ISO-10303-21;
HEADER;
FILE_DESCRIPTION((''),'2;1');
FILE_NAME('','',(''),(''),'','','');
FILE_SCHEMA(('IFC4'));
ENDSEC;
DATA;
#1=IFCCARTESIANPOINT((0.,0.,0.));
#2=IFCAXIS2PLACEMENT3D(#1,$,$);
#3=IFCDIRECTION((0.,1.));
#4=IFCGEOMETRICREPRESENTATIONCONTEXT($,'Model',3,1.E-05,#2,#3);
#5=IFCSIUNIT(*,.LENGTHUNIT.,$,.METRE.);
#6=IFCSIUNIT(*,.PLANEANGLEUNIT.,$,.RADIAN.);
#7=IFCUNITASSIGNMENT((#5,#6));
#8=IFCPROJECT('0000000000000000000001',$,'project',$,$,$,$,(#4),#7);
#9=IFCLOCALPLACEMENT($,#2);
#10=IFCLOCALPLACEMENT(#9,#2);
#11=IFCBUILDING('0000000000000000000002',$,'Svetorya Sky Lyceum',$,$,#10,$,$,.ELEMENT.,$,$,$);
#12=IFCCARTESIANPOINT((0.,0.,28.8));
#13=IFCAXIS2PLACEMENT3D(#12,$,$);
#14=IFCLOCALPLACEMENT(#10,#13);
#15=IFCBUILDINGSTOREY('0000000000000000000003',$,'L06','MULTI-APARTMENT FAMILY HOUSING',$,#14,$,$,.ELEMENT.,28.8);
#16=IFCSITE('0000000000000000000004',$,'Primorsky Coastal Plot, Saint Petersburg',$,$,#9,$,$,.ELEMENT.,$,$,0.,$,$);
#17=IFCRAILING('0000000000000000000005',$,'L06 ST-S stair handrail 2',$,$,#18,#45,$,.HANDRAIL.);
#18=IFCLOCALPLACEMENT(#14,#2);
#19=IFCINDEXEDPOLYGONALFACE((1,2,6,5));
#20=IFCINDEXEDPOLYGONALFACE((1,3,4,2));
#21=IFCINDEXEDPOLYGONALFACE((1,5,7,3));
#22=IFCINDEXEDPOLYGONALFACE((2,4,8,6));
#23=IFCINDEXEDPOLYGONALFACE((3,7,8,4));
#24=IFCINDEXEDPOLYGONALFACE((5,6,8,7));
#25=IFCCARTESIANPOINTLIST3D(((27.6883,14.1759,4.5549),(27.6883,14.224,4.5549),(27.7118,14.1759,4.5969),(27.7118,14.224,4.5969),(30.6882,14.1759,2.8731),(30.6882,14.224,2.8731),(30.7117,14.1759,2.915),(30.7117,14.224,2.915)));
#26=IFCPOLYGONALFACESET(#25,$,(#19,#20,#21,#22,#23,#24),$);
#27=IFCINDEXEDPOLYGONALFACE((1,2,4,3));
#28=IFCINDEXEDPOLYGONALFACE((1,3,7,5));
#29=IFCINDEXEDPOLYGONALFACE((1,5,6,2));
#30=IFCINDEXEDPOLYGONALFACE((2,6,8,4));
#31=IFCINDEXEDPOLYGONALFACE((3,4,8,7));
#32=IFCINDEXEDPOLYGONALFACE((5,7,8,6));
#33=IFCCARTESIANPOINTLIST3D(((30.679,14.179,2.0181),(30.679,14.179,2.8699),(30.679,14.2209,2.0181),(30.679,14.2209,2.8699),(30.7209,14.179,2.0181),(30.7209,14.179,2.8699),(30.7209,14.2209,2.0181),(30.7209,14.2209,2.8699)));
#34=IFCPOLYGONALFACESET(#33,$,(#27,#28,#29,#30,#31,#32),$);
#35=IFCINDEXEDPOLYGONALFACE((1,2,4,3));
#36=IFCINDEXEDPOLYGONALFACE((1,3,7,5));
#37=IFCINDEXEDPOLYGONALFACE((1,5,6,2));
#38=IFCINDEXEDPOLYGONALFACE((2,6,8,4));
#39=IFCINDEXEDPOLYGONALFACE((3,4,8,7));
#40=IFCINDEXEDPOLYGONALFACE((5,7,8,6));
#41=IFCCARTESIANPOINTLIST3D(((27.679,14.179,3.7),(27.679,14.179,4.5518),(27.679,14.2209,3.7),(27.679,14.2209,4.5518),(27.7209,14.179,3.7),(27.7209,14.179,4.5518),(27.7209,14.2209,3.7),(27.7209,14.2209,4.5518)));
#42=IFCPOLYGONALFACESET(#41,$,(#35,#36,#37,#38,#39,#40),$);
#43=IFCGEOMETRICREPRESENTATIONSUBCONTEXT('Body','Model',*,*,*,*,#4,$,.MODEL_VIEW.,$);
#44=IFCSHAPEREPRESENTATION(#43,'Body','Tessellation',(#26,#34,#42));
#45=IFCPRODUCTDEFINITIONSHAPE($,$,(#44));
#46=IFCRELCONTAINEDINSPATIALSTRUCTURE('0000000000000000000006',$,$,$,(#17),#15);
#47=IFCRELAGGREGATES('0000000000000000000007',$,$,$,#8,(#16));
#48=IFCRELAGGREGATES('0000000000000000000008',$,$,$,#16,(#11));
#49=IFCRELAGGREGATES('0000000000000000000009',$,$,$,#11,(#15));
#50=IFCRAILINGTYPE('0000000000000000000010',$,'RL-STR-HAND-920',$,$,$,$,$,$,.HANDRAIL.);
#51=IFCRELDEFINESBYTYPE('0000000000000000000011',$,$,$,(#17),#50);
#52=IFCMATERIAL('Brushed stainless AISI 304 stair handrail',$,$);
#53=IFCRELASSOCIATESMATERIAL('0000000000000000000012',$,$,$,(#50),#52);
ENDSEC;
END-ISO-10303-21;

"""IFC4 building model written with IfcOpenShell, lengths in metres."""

from ifc_helpers import new_model, si_unit, direction, frame, origin, origin_2d, place, context, subcontext, project, spatial, rectangle, extrude, material, type_object, element, save


model = new_model("IFC4")

# Units and contexts
model_context = context("Model", 3, precision=1e-05, world=origin(), true_north=direction((0.0, 1.0)))
body_context = subcontext(model_context, "Body", "Model", "MODEL_VIEW")
ifc_project = project(units=[si_unit("LENGTHUNIT", "METRE"), si_unit("PLANEANGLEUNIT", "RADIAN")], contexts=[model_context])

# Site, building, storey
site_placement = place(None, origin())
site = spatial("IfcSite", under=ifc_project, at=site_placement, Name="Primorsky Coastal Plot, Saint Petersburg", CompositionType="ELEMENT", RefElevation=0.0)
building_placement = place(site_placement, origin())
building = spatial("IfcBuilding", under=site, at=building_placement, Name="Svetorya Sky Lyceum", CompositionType="ELEMENT")
storey_placement = place(building_placement, frame((0.0, 0.0, 28.8)))
storey = spatial("IfcBuildingStorey", under=building, at=storey_placement, Name="L06", Description="MULTI-APARTMENT FAMILY HOUSING", CompositionType="ELEMENT", Elevation=28.8)

# Railing
ifc_material_1 = material(Name="Brushed stainless AISI 304 stair handrail")
railing_type_1 = type_object("IfcRailingType", Name="RL-STR-HAND-920", PredefinedType="HANDRAIL", material=ifc_material_1)
railing_1_placement = place(storey_placement, frame((30.7, 14.2, 2.0181)))
element("IfcRailing", 1, at=railing_1_placement, inside=storey, type_object=railing_type_1, Name="L06 ST-S stair handrail 2", PredefinedType="HANDRAIL", context=body_context, shape_type="SweptSolid", body=[
    extrude(rectangle(XDim=0.0481, YDim=0.0481, at=origin_2d()), frame((0.0, 0.0, 0.876), z_axis=(-0.872272, 0.0, 0.48902), x_axis=(0.0, -1.0, 0.0)), (0.0, 0.0, 1.0), 3.4392),
    extrude(rectangle(XDim=0.042, YDim=0.042, at=origin_2d()), origin(), (0.0, 0.0, 1.0), 0.8518),
    extrude(rectangle(XDim=0.042, YDim=0.042, at=origin_2d()), frame((-3.0, 0.0, 1.6819)), (0.0, 0.0, 1.0), 0.8518),
])

save(model, "model.ifc")
